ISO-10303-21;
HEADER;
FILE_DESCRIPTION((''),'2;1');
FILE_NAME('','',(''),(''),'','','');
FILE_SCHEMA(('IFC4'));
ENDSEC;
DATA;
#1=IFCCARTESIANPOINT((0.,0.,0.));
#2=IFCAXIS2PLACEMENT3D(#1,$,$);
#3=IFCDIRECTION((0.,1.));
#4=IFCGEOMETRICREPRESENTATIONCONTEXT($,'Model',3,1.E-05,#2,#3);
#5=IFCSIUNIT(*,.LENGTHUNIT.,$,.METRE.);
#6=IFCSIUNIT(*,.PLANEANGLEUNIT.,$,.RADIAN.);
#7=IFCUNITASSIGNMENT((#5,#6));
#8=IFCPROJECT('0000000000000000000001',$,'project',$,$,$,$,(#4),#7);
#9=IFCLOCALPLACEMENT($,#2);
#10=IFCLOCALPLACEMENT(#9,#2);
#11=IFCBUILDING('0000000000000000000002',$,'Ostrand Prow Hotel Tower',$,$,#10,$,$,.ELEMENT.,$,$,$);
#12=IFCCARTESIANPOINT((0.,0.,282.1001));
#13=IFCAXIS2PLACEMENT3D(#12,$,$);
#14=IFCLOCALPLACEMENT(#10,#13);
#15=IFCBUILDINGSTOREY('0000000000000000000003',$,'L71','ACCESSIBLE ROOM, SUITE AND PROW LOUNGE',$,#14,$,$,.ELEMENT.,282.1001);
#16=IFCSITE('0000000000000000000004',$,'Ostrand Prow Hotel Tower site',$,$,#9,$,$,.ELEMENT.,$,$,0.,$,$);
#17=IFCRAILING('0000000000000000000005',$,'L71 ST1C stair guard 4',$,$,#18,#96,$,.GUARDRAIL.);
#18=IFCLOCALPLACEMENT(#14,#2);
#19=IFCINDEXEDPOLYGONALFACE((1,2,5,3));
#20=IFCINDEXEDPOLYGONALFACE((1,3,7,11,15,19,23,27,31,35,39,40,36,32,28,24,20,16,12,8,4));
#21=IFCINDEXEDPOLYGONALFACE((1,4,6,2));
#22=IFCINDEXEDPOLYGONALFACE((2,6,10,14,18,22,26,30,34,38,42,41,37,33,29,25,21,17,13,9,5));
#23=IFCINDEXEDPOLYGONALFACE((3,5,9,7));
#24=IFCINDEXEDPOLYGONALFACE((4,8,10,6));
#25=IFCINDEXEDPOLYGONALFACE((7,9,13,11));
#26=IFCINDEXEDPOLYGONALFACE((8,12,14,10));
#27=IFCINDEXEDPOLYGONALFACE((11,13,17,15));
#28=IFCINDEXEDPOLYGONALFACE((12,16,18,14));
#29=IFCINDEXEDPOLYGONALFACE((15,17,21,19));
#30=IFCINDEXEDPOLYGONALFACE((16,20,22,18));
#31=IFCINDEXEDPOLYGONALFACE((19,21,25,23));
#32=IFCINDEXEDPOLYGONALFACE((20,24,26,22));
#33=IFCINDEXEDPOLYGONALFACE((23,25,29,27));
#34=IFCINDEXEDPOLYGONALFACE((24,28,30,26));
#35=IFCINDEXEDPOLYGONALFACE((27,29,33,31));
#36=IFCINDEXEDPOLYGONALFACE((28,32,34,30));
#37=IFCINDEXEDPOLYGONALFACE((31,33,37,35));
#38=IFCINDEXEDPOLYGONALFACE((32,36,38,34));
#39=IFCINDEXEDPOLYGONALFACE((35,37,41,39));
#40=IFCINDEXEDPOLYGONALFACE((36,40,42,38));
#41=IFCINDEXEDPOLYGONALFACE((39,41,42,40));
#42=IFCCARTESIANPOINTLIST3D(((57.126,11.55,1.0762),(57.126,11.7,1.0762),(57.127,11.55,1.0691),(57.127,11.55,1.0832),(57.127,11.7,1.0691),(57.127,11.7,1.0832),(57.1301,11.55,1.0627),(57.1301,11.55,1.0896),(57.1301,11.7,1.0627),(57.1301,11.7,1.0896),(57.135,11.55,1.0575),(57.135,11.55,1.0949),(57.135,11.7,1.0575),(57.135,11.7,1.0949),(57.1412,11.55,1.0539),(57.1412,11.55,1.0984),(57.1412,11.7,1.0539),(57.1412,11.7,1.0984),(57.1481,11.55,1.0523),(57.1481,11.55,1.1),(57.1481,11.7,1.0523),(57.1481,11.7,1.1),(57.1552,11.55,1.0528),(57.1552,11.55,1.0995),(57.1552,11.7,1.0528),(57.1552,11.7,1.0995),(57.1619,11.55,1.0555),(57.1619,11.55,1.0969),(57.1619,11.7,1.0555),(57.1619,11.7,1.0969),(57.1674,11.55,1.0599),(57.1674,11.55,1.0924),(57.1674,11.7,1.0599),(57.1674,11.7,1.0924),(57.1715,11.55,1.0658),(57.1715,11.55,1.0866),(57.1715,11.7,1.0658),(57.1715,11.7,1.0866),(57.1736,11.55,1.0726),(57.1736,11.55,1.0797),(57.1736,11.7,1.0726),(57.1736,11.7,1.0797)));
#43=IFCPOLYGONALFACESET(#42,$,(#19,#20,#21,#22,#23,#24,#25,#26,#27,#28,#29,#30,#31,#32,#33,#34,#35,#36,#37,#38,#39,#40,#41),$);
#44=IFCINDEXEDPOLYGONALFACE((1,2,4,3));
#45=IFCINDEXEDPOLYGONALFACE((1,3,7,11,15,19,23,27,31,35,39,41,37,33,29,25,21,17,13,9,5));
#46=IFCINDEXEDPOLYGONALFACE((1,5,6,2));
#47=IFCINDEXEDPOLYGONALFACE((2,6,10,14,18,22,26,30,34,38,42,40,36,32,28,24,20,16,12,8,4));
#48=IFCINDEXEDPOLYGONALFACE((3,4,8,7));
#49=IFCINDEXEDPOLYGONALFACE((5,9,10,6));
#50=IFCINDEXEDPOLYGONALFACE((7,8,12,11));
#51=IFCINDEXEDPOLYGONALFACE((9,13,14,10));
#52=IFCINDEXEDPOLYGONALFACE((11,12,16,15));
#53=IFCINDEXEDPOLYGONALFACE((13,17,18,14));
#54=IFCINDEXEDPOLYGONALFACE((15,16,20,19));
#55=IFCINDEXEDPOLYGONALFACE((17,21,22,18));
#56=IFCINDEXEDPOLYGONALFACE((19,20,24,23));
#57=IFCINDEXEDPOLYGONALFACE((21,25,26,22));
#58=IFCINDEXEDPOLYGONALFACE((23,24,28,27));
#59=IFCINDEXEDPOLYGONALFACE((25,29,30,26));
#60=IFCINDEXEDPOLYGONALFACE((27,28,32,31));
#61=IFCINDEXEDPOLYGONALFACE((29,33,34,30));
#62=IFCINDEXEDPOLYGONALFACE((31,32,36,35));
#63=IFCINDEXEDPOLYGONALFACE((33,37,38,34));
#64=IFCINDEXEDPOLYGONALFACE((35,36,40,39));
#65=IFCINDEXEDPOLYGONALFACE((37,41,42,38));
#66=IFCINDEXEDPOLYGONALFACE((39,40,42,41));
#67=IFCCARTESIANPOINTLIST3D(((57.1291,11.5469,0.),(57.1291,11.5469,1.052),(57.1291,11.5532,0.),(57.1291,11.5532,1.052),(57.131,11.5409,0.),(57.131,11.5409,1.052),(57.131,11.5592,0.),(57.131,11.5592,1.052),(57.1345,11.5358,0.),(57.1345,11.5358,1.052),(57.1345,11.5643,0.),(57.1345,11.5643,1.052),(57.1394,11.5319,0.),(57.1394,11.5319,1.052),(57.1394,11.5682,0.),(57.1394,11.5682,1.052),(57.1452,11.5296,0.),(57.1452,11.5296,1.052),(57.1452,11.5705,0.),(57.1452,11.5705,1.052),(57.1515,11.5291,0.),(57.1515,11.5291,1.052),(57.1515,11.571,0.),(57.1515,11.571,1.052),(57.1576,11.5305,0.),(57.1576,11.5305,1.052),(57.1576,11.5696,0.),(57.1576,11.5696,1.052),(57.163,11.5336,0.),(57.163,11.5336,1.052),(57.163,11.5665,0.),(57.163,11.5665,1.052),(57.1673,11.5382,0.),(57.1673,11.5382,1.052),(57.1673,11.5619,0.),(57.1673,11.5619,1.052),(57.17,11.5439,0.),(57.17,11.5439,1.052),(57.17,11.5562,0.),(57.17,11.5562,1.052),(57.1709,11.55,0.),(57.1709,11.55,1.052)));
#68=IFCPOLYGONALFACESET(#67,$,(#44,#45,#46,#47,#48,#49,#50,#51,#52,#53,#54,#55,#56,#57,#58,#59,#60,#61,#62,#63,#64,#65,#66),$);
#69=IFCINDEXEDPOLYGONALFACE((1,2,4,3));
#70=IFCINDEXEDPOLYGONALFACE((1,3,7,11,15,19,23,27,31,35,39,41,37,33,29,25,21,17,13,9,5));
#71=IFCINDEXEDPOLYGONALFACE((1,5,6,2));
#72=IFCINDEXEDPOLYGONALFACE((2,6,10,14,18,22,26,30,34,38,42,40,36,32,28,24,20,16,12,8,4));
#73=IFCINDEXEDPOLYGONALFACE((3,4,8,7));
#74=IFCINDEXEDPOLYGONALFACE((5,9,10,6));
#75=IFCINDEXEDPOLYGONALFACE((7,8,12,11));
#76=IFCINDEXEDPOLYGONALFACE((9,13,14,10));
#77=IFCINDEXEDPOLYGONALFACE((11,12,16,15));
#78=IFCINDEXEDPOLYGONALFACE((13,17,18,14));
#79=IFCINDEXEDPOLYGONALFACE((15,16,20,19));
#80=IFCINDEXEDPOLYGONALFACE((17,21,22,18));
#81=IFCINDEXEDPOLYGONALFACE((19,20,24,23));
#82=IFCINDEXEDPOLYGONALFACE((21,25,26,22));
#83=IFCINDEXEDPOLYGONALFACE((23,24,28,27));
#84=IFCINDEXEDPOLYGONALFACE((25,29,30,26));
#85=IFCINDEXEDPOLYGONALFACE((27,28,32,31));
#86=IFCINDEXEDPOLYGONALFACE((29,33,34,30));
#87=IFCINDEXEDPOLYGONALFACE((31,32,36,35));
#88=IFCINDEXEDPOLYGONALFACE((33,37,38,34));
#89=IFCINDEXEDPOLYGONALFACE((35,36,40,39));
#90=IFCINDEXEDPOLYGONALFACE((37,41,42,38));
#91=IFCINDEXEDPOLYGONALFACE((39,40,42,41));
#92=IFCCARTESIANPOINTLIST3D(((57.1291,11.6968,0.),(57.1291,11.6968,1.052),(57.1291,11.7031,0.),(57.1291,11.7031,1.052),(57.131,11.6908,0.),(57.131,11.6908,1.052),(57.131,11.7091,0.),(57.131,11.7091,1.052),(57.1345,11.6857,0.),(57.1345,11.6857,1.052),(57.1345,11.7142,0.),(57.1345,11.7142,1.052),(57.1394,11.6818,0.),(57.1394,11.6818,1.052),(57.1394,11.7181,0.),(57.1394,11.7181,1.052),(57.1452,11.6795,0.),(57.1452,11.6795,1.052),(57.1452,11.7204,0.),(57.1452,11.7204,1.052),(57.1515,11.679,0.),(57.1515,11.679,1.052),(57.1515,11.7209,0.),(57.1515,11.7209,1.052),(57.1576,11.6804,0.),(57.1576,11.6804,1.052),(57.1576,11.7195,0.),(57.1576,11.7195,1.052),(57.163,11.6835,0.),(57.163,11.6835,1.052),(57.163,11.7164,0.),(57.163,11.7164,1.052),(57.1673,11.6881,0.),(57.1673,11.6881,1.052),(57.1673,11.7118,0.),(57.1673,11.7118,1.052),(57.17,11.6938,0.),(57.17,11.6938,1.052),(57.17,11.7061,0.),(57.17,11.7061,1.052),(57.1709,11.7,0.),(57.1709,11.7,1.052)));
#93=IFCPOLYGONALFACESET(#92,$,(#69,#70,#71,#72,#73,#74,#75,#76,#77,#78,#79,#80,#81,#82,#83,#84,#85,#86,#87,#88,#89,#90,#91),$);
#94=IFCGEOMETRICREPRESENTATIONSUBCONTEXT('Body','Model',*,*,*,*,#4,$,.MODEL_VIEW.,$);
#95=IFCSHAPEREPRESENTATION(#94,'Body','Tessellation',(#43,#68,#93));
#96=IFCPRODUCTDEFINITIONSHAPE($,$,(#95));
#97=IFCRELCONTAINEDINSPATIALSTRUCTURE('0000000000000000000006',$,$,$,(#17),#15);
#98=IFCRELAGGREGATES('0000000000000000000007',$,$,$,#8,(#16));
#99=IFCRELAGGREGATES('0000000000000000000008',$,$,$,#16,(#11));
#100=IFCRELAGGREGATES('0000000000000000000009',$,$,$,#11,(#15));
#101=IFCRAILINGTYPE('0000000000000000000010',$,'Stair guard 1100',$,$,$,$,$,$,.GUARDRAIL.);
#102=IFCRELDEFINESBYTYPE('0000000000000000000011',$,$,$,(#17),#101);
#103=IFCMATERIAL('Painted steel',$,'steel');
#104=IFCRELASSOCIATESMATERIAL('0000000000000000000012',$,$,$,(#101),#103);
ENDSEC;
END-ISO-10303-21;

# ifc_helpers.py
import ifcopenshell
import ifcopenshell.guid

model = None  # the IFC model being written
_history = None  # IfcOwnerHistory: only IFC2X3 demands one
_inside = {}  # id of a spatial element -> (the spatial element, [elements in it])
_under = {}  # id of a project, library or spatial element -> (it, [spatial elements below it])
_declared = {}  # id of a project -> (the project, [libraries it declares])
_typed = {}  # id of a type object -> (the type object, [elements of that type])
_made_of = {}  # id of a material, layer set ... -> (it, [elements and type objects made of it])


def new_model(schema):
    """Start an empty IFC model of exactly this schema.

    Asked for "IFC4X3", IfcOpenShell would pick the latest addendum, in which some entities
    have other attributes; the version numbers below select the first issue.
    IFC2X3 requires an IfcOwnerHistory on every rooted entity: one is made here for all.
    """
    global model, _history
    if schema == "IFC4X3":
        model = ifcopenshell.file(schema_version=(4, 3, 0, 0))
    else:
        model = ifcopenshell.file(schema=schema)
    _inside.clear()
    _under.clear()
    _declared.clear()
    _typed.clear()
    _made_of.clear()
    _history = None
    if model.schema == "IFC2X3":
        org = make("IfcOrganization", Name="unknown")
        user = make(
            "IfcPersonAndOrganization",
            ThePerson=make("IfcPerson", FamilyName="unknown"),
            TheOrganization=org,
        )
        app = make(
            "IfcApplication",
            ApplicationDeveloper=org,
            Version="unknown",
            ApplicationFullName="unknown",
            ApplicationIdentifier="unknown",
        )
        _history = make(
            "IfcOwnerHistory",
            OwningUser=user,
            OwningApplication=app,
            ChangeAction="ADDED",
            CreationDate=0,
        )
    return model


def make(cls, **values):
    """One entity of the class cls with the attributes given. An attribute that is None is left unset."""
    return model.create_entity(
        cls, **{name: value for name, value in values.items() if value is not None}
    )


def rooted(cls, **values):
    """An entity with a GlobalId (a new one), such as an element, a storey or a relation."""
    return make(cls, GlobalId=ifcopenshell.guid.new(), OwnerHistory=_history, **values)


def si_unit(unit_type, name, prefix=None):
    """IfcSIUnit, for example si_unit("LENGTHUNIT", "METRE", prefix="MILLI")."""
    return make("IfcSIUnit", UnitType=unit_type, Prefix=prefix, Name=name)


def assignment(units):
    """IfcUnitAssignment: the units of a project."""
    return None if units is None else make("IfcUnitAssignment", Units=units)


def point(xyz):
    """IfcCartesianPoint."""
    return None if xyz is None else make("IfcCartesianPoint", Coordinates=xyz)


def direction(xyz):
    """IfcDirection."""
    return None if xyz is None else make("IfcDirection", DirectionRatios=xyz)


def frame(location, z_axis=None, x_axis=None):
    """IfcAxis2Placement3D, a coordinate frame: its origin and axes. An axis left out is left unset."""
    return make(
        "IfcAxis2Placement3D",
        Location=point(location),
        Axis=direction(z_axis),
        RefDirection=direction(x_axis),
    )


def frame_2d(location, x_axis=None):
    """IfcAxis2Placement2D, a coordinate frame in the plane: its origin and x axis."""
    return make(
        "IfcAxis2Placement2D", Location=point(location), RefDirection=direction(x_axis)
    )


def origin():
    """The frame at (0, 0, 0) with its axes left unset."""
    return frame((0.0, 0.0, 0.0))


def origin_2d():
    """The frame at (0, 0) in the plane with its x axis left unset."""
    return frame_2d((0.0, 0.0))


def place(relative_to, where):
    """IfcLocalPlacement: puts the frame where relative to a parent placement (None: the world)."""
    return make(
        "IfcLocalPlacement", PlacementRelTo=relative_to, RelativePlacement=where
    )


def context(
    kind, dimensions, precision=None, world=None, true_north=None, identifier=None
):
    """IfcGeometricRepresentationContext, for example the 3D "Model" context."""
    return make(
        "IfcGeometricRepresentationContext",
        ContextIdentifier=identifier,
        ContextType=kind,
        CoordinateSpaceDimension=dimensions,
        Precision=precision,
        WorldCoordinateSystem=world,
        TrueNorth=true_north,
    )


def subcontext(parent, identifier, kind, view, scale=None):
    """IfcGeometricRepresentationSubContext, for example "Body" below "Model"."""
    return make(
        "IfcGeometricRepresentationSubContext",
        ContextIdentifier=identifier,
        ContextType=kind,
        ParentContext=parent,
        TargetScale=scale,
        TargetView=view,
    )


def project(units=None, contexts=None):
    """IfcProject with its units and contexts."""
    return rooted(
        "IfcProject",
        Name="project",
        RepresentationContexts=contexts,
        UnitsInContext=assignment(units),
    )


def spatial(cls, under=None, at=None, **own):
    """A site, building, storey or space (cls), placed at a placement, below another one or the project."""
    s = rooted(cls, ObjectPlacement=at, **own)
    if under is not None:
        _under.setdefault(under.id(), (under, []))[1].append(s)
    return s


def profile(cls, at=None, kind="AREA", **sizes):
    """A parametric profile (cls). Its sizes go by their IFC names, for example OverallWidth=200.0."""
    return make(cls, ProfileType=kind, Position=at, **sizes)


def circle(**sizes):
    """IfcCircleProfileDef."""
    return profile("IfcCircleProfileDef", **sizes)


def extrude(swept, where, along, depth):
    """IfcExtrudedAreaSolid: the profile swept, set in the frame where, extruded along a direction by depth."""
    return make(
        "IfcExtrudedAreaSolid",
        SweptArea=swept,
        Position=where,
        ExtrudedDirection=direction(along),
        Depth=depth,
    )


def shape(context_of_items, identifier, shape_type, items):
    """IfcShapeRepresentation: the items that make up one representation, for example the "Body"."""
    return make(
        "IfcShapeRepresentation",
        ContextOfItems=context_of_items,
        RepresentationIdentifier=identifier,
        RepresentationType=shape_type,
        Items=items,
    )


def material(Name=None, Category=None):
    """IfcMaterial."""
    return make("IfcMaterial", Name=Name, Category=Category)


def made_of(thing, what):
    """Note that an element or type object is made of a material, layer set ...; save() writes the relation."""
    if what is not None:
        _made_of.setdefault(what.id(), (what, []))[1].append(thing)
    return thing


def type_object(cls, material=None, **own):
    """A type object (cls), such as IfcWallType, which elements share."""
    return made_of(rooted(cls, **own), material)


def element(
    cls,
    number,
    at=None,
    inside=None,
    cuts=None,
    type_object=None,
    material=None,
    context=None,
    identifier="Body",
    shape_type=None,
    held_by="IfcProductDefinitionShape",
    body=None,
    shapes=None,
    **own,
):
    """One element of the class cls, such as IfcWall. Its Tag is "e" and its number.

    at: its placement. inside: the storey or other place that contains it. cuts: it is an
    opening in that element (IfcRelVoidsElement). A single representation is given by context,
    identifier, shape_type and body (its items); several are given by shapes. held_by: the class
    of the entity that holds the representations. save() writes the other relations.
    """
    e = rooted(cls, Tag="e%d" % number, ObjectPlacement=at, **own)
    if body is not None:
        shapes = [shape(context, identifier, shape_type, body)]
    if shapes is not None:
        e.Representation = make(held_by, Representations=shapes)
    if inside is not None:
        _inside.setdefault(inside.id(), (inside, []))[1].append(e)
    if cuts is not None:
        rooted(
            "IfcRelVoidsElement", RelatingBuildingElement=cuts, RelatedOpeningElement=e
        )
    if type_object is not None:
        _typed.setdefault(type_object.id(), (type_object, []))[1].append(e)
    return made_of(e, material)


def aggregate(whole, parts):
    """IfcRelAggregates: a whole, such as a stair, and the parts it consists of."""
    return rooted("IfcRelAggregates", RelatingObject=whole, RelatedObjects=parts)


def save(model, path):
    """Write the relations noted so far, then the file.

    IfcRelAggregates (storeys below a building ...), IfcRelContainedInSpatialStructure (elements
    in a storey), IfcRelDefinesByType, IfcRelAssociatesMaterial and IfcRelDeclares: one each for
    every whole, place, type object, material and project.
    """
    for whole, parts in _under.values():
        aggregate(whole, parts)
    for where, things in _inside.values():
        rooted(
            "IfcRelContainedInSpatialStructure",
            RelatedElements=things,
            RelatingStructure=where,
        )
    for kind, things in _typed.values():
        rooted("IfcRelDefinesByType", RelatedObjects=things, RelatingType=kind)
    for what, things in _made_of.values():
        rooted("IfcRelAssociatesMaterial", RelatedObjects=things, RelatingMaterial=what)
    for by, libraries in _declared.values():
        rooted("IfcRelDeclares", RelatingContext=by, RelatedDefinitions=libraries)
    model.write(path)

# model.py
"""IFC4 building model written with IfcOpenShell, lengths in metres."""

from ifc_helpers import new_model, si_unit, direction, frame, origin, origin_2d, place, context, subcontext, project, spatial, circle, extrude, material, type_object, element, save


model = new_model("IFC4")

# Units and contexts
model_context = context("Model", 3, precision=1e-05, world=origin(), true_north=direction((0.0, 1.0)))
body_context = subcontext(model_context, "Body", "Model", "MODEL_VIEW")
ifc_project = project(units=[si_unit("LENGTHUNIT", "METRE"), si_unit("PLANEANGLEUNIT", "RADIAN")], contexts=[model_context])

# Site, building, storey
site_placement = place(None, origin())
site = spatial("IfcSite", under=ifc_project, at=site_placement, Name="Ostrand Prow Hotel Tower site", CompositionType="ELEMENT", RefElevation=0.0)
building_placement = place(site_placement, origin())
building = spatial("IfcBuilding", under=site, at=building_placement, Name="Ostrand Prow Hotel Tower", CompositionType="ELEMENT")
storey_placement = place(building_placement, frame((0.0, 0.0, 282.1001)))
storey = spatial("IfcBuildingStorey", under=building, at=storey_placement, Name="L71", Description="ACCESSIBLE ROOM, SUITE AND PROW LOUNGE", CompositionType="ELEMENT", Elevation=282.1001)

# Railing
ifc_material_1 = material(Name="Painted steel", Category="steel")
railing_type_1 = type_object("IfcRailingType", Name="Stair guard 1100", PredefinedType="GUARDRAIL", material=ifc_material_1)
railing_1_placement = place(storey_placement, frame((57.1499, 11.55, 0.0)))
element("IfcRailing", 1, at=railing_1_placement, inside=storey, type_object=railing_type_1, Name="L71 ST1C stair guard 4", PredefinedType="GUARDRAIL", context=body_context, shape_type="SweptSolid", body=[
    extrude(circle(Radius=0.0239, at=origin_2d()), frame((0.0, 0.0, 1.0762), z_axis=(0.0, 1.0, 0.0), x_axis=(-1.0, 0.0, 0.0)), (0.0, 0.0, 1.0), 0.1499),
    extrude(circle(Radius=0.021, at=origin_2d()), origin(), (0.0, 0.0, 1.0), 1.052),
    extrude(circle(Radius=0.021, at=origin_2d()), frame((0.0, 0.1499, 0.0)), (0.0, 0.0, 1.0), 1.052),
])

save(model, "model.ifc")
